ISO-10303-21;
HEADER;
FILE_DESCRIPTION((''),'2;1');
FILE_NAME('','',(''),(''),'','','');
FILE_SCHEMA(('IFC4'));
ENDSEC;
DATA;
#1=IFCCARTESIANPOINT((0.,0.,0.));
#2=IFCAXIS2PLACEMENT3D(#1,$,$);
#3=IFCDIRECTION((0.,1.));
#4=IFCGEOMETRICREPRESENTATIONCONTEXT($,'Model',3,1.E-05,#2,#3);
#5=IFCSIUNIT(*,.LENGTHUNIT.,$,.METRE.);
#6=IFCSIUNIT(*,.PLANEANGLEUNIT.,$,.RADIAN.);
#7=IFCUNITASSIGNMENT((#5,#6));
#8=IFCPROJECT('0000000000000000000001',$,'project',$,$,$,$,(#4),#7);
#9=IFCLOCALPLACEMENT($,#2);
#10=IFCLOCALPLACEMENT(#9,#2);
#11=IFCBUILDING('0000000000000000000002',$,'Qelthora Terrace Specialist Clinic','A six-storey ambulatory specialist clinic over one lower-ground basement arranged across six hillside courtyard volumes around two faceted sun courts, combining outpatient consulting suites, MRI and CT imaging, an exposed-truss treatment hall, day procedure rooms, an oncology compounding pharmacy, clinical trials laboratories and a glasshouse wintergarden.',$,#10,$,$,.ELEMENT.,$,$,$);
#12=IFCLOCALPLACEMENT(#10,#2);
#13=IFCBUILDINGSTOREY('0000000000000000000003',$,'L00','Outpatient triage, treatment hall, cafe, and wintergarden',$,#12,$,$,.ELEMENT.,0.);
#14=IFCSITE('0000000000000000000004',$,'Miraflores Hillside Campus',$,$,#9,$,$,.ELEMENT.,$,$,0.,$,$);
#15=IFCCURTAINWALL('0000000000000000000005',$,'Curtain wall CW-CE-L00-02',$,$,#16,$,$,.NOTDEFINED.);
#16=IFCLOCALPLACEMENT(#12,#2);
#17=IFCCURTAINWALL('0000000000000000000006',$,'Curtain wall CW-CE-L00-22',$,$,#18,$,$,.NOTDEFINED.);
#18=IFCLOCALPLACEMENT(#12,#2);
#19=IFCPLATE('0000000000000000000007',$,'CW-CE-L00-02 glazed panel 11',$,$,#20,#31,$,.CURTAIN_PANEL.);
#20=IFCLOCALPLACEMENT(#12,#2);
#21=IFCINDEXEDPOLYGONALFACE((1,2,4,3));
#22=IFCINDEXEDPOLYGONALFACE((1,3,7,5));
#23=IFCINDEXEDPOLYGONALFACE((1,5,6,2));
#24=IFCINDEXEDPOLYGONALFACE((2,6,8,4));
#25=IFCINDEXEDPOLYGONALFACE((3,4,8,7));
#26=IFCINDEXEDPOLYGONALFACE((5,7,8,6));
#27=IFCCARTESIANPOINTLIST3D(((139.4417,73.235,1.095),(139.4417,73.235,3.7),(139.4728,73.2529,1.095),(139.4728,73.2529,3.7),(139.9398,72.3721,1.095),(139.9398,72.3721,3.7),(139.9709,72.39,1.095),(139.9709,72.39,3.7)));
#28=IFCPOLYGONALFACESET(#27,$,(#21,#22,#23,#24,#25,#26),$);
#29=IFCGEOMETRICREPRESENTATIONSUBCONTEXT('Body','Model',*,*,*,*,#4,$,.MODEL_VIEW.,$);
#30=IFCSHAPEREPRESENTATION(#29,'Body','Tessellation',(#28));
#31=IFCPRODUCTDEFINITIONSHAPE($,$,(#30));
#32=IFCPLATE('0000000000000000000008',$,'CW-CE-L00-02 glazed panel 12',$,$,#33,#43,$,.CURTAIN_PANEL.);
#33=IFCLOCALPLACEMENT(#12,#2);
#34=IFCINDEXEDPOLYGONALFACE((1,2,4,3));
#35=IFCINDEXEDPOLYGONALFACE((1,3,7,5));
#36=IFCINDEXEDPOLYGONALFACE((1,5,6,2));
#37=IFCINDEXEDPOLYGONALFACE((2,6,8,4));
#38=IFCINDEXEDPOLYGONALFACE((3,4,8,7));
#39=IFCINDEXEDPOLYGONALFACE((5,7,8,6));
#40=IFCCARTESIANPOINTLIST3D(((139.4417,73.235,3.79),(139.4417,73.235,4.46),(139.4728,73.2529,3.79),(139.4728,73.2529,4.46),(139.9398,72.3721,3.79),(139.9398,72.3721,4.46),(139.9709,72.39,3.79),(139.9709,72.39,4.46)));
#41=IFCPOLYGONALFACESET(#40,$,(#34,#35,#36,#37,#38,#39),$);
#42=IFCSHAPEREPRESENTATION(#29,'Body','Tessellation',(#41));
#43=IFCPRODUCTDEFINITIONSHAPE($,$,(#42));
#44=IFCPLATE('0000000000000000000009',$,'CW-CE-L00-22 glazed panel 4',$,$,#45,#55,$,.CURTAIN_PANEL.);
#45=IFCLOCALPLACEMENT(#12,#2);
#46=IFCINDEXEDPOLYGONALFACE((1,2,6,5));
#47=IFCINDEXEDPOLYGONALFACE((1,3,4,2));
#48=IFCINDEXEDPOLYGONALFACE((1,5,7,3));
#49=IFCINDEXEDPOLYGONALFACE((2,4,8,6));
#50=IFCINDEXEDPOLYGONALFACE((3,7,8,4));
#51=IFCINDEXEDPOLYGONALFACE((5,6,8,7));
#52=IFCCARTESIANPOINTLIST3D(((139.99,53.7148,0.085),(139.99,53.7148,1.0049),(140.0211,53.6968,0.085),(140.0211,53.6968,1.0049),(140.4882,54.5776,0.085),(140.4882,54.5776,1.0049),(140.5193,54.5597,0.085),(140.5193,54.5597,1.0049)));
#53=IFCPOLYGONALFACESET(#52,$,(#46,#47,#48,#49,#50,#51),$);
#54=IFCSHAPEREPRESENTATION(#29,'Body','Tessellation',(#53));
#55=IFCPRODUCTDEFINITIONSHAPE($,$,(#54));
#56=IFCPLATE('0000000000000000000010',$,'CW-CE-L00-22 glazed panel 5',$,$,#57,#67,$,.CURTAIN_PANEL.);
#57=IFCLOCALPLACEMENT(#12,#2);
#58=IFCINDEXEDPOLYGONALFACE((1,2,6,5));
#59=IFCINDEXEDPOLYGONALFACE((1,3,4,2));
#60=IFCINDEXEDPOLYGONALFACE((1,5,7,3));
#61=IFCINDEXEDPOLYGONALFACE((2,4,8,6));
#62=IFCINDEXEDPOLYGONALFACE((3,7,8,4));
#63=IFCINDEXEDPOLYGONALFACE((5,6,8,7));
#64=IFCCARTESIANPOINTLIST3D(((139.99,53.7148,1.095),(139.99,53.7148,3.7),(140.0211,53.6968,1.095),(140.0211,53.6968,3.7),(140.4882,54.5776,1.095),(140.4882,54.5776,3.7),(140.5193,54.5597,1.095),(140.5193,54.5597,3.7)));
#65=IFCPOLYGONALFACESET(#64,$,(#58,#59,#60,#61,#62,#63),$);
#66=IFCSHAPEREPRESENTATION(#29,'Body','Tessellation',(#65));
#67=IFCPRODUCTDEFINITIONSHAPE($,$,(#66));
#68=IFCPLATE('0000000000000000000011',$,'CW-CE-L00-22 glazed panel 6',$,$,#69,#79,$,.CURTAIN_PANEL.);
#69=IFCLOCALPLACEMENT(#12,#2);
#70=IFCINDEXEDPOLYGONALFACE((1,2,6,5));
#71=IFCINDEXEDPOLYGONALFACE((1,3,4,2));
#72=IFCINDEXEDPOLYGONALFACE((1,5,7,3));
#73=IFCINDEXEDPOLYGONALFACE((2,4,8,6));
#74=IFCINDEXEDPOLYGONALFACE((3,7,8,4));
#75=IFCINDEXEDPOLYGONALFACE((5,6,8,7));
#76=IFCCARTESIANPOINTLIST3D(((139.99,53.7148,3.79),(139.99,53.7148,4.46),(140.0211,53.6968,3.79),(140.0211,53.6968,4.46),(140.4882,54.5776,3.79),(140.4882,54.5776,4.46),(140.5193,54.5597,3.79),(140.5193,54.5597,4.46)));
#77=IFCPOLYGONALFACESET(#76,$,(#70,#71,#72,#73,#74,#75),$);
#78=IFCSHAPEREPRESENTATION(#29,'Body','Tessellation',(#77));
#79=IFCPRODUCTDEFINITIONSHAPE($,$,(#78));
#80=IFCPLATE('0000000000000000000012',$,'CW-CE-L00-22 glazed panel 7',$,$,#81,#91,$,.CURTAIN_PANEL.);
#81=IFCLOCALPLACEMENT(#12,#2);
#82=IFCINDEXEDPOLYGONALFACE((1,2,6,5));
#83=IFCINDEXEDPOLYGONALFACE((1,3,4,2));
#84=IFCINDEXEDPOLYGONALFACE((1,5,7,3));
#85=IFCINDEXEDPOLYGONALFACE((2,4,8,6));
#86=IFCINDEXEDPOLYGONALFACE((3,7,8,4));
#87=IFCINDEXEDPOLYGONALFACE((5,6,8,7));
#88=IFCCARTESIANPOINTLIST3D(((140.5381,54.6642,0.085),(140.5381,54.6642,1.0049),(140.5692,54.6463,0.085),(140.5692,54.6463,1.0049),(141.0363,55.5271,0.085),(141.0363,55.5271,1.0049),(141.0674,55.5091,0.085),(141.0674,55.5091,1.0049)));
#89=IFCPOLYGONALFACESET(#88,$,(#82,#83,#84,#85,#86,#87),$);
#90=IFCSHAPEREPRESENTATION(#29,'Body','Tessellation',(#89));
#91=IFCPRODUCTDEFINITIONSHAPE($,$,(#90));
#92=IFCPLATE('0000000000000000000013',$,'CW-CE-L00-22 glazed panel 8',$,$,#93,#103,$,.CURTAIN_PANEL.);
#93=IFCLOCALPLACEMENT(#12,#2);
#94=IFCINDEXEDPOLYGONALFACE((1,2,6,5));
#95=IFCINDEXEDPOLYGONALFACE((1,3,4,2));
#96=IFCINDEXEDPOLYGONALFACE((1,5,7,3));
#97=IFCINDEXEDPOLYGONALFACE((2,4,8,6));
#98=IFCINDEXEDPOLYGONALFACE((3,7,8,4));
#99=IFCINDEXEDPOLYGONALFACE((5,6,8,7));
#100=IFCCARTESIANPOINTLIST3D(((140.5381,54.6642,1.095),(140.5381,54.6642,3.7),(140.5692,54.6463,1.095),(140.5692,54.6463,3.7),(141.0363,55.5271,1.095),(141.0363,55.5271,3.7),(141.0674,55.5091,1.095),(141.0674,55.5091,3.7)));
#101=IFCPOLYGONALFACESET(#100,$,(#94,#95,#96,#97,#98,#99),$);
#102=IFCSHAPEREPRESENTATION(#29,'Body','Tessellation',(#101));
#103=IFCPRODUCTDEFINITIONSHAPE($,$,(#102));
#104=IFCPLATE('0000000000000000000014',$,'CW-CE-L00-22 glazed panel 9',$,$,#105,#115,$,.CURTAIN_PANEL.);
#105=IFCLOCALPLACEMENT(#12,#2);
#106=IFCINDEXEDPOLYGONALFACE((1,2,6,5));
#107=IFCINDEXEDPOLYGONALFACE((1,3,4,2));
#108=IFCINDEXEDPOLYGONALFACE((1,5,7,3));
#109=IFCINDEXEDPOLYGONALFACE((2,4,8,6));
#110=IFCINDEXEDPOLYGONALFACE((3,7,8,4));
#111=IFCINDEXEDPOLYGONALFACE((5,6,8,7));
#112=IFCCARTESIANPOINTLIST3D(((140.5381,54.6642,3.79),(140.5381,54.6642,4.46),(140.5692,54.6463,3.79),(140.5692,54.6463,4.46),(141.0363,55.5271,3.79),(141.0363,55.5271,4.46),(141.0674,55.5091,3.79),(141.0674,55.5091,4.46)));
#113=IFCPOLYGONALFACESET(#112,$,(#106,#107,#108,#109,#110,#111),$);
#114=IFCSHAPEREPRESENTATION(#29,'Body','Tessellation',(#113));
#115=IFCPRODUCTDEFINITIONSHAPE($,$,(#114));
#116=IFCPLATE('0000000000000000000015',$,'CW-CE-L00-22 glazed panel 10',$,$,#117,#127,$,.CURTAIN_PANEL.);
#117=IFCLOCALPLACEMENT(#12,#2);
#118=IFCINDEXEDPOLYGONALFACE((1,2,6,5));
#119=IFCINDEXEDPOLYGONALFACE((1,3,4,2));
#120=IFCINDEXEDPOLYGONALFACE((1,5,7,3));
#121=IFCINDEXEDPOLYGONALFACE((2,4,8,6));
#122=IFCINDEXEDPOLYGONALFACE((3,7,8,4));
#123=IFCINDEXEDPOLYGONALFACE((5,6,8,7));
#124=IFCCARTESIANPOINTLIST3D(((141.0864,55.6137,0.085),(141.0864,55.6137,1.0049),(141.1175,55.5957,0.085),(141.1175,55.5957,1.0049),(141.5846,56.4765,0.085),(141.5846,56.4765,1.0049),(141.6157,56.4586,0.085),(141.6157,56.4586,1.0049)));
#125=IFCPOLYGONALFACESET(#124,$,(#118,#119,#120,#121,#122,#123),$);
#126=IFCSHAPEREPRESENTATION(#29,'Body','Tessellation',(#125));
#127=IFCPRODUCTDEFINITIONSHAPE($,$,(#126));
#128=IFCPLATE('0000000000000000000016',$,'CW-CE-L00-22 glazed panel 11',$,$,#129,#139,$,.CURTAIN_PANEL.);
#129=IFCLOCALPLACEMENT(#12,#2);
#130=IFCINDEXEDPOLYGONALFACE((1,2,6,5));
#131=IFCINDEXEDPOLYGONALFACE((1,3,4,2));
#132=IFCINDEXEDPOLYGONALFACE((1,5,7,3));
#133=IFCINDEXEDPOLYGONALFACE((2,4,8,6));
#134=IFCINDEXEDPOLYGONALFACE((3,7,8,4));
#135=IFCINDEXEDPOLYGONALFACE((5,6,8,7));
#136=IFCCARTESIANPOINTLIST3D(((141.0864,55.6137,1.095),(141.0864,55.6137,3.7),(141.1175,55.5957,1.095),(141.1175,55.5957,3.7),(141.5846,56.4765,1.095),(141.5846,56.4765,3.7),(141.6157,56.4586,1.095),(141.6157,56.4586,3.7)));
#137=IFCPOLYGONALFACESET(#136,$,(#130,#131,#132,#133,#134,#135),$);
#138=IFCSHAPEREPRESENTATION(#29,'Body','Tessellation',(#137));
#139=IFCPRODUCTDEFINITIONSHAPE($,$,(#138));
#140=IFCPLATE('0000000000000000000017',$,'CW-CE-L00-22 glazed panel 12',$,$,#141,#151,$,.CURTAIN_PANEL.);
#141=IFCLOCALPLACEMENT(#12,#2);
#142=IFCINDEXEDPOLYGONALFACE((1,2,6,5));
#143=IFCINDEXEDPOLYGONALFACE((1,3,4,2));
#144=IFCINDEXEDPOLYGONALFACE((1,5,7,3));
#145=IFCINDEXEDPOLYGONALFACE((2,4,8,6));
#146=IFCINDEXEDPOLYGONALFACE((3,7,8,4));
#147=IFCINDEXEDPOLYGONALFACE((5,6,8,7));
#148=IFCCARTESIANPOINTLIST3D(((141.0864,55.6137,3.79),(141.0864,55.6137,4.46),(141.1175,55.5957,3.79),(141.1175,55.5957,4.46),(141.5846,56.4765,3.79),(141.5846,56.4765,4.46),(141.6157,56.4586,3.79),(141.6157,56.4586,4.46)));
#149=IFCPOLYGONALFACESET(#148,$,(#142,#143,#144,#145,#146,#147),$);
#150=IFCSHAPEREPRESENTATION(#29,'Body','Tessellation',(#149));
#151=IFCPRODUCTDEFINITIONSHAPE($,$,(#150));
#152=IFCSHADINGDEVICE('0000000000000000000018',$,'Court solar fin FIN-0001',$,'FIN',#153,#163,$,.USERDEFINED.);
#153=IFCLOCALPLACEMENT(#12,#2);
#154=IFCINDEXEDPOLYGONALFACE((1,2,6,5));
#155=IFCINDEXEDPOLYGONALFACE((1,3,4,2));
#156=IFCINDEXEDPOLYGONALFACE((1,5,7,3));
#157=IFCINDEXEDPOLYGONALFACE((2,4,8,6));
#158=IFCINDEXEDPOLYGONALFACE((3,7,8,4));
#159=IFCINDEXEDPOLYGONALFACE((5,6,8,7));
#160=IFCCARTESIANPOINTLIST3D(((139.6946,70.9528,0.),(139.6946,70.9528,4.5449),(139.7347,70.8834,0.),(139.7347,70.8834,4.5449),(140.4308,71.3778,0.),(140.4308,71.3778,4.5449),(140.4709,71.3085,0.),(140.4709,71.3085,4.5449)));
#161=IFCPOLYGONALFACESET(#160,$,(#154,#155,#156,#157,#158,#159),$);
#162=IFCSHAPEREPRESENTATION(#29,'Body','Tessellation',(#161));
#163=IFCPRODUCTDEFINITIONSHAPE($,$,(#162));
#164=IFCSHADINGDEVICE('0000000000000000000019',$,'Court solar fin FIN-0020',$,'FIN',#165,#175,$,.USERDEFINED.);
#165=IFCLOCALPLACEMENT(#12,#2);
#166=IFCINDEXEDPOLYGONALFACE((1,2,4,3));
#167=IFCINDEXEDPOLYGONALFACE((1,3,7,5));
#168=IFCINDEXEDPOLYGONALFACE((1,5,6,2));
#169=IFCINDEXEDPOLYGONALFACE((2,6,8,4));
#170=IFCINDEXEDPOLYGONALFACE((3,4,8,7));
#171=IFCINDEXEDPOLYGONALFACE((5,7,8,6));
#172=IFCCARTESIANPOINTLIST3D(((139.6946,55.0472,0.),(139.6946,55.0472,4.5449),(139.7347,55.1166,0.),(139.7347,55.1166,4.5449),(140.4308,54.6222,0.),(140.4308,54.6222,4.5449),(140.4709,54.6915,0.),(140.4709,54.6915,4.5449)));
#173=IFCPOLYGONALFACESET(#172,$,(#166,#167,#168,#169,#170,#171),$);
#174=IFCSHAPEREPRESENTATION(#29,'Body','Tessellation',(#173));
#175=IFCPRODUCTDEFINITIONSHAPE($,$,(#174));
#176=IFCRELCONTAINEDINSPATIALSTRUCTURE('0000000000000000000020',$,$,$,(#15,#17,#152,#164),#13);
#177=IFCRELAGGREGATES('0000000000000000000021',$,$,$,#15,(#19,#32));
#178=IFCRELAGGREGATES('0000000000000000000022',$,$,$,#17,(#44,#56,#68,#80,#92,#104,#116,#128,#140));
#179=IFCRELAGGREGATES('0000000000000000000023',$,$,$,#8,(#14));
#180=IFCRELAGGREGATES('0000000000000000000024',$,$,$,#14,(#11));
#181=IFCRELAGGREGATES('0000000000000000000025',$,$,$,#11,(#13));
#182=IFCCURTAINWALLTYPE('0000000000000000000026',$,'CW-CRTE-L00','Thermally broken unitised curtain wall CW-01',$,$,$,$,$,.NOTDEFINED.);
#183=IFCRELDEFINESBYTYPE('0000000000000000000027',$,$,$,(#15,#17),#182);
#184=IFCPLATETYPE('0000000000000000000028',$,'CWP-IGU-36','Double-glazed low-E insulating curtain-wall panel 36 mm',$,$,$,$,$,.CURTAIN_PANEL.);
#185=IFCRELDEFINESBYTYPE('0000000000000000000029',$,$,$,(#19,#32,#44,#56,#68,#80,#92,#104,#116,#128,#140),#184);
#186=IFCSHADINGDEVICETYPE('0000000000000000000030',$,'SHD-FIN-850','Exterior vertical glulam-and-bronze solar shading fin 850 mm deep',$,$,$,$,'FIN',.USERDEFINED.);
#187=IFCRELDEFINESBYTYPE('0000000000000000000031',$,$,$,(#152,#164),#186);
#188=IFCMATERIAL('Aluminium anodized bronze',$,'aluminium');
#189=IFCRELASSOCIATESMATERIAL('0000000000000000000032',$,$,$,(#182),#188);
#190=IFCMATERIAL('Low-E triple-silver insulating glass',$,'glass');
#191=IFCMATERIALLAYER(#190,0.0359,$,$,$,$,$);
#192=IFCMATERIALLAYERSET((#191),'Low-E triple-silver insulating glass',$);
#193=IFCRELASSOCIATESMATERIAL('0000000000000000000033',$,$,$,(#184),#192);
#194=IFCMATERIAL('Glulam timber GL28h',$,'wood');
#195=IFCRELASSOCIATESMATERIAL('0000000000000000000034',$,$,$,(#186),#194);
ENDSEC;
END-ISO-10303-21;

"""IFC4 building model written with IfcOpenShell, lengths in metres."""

from ifc_helpers import new_model, si_unit, direction, frame, origin, origin_2d, place, context, subcontext, project, spatial, rectangle, extrude, material, layer, layer_set, type_object, element, aggregate, save


model = new_model("IFC4")

# Units and contexts
model_context = context("Model", 3, precision=1e-05, world=origin(), true_north=direction((0.0, 1.0)))
body_context = subcontext(model_context, "Body", "Model", "MODEL_VIEW")
ifc_project = project(units=[si_unit("LENGTHUNIT", "METRE"), si_unit("PLANEANGLEUNIT", "RADIAN")], contexts=[model_context])

# Site, building, storey
site_placement = place(None, origin())
site = spatial("IfcSite", under=ifc_project, at=site_placement, Name="Miraflores Hillside Campus", CompositionType="ELEMENT", RefElevation=0.0)
building_placement = place(site_placement, origin())
building = spatial("IfcBuilding", under=site, at=building_placement, Name="Qelthora Terrace Specialist Clinic", Description="A six-storey ambulatory specialist clinic over one lower-ground basement arranged across six hillside courtyard volumes around two faceted sun courts, combining outpatient consulting suites, MRI and CT imaging, an exposed-truss treatment hall, day procedure rooms, an oncology compounding pharmacy, clinical trials laboratories and a glasshouse wintergarden.", CompositionType="ELEMENT")
storey_placement = place(building_placement, origin())
storey = spatial("IfcBuildingStorey", under=building, at=storey_placement, Name="L00", Description="Outpatient triage, treatment hall, cafe, and wintergarden", CompositionType="ELEMENT", Elevation=0.0)

# Curtain walls
ifc_material_1 = material(Name="Aluminium anodized bronze", Category="aluminium")
curtain_wall_type = type_object("IfcCurtainWallType", Name="CW-CRTE-L00", Description="Thermally broken unitised curtain wall CW-01", PredefinedType="NOTDEFINED", material=ifc_material_1)
curtain_wall_1_placement = place(storey_placement, origin())
curtain_wall_1 = element("IfcCurtainWall", 1, at=curtain_wall_1_placement, inside=storey, type_object=curtain_wall_type, Name="Curtain wall CW-CE-L00-02", PredefinedType="NOTDEFINED")
curtain_wall_2_placement = place(storey_placement, origin())
curtain_wall_2 = element("IfcCurtainWall", 2, at=curtain_wall_2_placement, inside=storey, type_object=curtain_wall_type, Name="Curtain wall CW-CE-L00-22", PredefinedType="NOTDEFINED")

# Plates
ifc_material_2 = material(Name="Low-E triple-silver insulating glass", Category="glass")
ifc_layer = layer(ifc_material_2, 0.0359)
ifc_layer_set = layer_set([ifc_layer], Name="Low-E triple-silver insulating glass")
plate_type = type_object("IfcPlateType", Name="CWP-IGU-36", Description="Double-glazed low-E insulating curtain-wall panel 36 mm", PredefinedType="CURTAIN_PANEL", material=ifc_layer_set)
plate_1_placement = place(storey_placement, frame((139.7063, 72.8125, 1.095), z_axis=(0.0, 0.0, 1.0), x_axis=(-0.5, 0.866025, 0.0)))
plate_1 = element("IfcPlate", 3, at=plate_1_placement, type_object=plate_type, Name="CW-CE-L00-02 glazed panel 11", PredefinedType="CURTAIN_PANEL", context=body_context, shape_type="SweptSolid", body=[
    extrude(rectangle(XDim=0.9963, YDim=0.0359, at=origin_2d()), origin(), (0.0, 0.0, 1.0), 2.605),
])
plate_2_placement = place(storey_placement, frame((139.7063, 72.8125, 3.79), z_axis=(0.0, 0.0, 1.0), x_axis=(-0.5, 0.866025, 0.0)))
plate_2 = element("IfcPlate", 4, at=plate_2_placement, type_object=plate_type, Name="CW-CE-L00-02 glazed panel 12", PredefinedType="CURTAIN_PANEL", context=body_context, shape_type="SweptSolid", body=[
    extrude(rectangle(XDim=0.9963, YDim=0.0359, at=origin_2d()), origin(), (0.0, 0.0, 1.0), 0.6699),
])
aggregate(curtain_wall_1, [plate_1, plate_2])
plate_3_placement = place(storey_placement, frame((140.2546, 54.1372, 0.085), z_axis=(0.0, 0.0, 1.0), x_axis=(0.5, 0.866025, 0.0)))
plate_3 = element("IfcPlate", 5, at=plate_3_placement, type_object=plate_type, Name="CW-CE-L00-22 glazed panel 4", PredefinedType="CURTAIN_PANEL", context=body_context, shape_type="SweptSolid", body=[
    extrude(rectangle(XDim=0.9963, YDim=0.0359, at=origin_2d()), origin(), (0.0, 0.0, 1.0), 0.9199),
])
plate_4_placement = place(storey_placement, frame((140.2546, 54.1372, 1.095), z_axis=(0.0, 0.0, 1.0), x_axis=(0.5, 0.866025, 0.0)))
plate_4 = element("IfcPlate", 6, at=plate_4_placement, type_object=plate_type, Name="CW-CE-L00-22 glazed panel 5", PredefinedType="CURTAIN_PANEL", context=body_context, shape_type="SweptSolid", body=[
    extrude(rectangle(XDim=0.9963, YDim=0.0359, at=origin_2d()), origin(), (0.0, 0.0, 1.0), 2.605),
])
plate_5_placement = place(storey_placement, frame((140.2546, 54.1372, 3.79), z_axis=(0.0, 0.0, 1.0), x_axis=(0.5, 0.866025, 0.0)))
plate_5 = element("IfcPlate", 7, at=plate_5_placement, type_object=plate_type, Name="CW-CE-L00-22 glazed panel 6", PredefinedType="CURTAIN_PANEL", context=body_context, shape_type="SweptSolid", body=[
    extrude(rectangle(XDim=0.9963, YDim=0.0359, at=origin_2d()), origin(), (0.0, 0.0, 1.0), 0.6699),
])
plate_6_placement = place(storey_placement, frame((140.8027, 55.0867, 0.085), z_axis=(0.0, 0.0, 1.0), x_axis=(0.5, 0.866025, 0.0)))
plate_6 = element("IfcPlate", 8, at=plate_6_placement, type_object=plate_type, Name="CW-CE-L00-22 glazed panel 7", PredefinedType="CURTAIN_PANEL", context=body_context, shape_type="SweptSolid", body=[
    extrude(rectangle(XDim=0.9963, YDim=0.0359, at=origin_2d()), origin(), (0.0, 0.0, 1.0), 0.9199),
])
plate_7_placement = place(storey_placement, frame((140.8027, 55.0867, 1.095), z_axis=(0.0, 0.0, 1.0), x_axis=(0.5, 0.866025, 0.0)))
plate_7 = element("IfcPlate", 9, at=plate_7_placement, type_object=plate_type, Name="CW-CE-L00-22 glazed panel 8", PredefinedType="CURTAIN_PANEL", context=body_context, shape_type="SweptSolid", body=[
    extrude(rectangle(XDim=0.9963, YDim=0.0359, at=origin_2d()), origin(), (0.0, 0.0, 1.0), 2.605),
])
plate_8_placement = place(storey_placement, frame((140.8027, 55.0867, 3.79), z_axis=(0.0, 0.0, 1.0), x_axis=(0.5, 0.866025, 0.0)))
plate_8 = element("IfcPlate", 10, at=plate_8_placement, type_object=plate_type, Name="CW-CE-L00-22 glazed panel 9", PredefinedType="CURTAIN_PANEL", context=body_context, shape_type="SweptSolid", body=[
    extrude(rectangle(XDim=0.9963, YDim=0.0359, at=origin_2d()), origin(), (0.0, 0.0, 1.0), 0.6699),
])
plate_9_placement = place(storey_placement, frame((141.3511, 56.0361, 0.085), z_axis=(0.0, 0.0, 1.0), x_axis=(0.5, 0.866025, 0.0)))
plate_9 = element("IfcPlate", 11, at=plate_9_placement, type_object=plate_type, Name="CW-CE-L00-22 glazed panel 10", PredefinedType="CURTAIN_PANEL", context=body_context, shape_type="SweptSolid", body=[
    extrude(rectangle(XDim=0.9963, YDim=0.0359, at=origin_2d()), origin(), (0.0, 0.0, 1.0), 0.9199),
])
plate_10_placement = place(storey_placement, frame((141.3511, 56.0361, 1.095), z_axis=(0.0, 0.0, 1.0), x_axis=(0.5, 0.866025, 0.0)))
plate_10 = element("IfcPlate", 12, at=plate_10_placement, type_object=plate_type, Name="CW-CE-L00-22 glazed panel 11", PredefinedType="CURTAIN_PANEL", context=body_context, shape_type="SweptSolid", body=[
    extrude(rectangle(XDim=0.9963, YDim=0.0359, at=origin_2d()), origin(), (0.0, 0.0, 1.0), 2.605),
])
plate_11_placement = place(storey_placement, frame((141.3511, 56.0361, 3.79), z_axis=(0.0, 0.0, 1.0), x_axis=(0.5, 0.866025, 0.0)))
plate_11 = element("IfcPlate", 13, at=plate_11_placement, type_object=plate_type, Name="CW-CE-L00-22 glazed panel 12", PredefinedType="CURTAIN_PANEL", context=body_context, shape_type="SweptSolid", body=[
    extrude(rectangle(XDim=0.9963, YDim=0.0359, at=origin_2d()), origin(), (0.0, 0.0, 1.0), 0.6699),
])
aggregate(curtain_wall_2, [plate_3, plate_4, plate_5, plate_6, plate_7, plate_8, plate_9, plate_10, plate_11])

# Shading devices
ifc_material_3 = material(Name="Glulam timber GL28h", Category="wood")
shading_device_type = type_object("IfcShadingDeviceType", Name="SHD-FIN-850", Description="Exterior vertical glulam-and-bronze solar shading fin 850 mm deep", ElementType="FIN", PredefinedType="USERDEFINED", material=ifc_material_3)
for number, where, z_axis, x_axis, name in (
    (14, (140.0828, 71.1306, 0.0), (0.0, 0.0, 1.0), (-0.866025, -0.5, 0.0), "Court solar fin FIN-0001"),
    (15, (140.0828, 54.8694, 0.0), (0.0, 0.0, 1.0), (-0.866025, 0.5, 0.0), "Court solar fin FIN-0020"),
):
    element("IfcShadingDevice", number, at=place(storey_placement, frame(where, z_axis=z_axis, x_axis=x_axis)), inside=storey, type_object=shading_device_type, Name=name, ObjectType="FIN", PredefinedType="USERDEFINED", context=body_context, shape_type="SweptSolid", body=[
        extrude(rectangle(XDim=0.8501, YDim=0.0801, at=origin_2d()), origin(), (0.0, 0.0, 1.0), 4.5449),
    ])

save(model, "model.ifc")
